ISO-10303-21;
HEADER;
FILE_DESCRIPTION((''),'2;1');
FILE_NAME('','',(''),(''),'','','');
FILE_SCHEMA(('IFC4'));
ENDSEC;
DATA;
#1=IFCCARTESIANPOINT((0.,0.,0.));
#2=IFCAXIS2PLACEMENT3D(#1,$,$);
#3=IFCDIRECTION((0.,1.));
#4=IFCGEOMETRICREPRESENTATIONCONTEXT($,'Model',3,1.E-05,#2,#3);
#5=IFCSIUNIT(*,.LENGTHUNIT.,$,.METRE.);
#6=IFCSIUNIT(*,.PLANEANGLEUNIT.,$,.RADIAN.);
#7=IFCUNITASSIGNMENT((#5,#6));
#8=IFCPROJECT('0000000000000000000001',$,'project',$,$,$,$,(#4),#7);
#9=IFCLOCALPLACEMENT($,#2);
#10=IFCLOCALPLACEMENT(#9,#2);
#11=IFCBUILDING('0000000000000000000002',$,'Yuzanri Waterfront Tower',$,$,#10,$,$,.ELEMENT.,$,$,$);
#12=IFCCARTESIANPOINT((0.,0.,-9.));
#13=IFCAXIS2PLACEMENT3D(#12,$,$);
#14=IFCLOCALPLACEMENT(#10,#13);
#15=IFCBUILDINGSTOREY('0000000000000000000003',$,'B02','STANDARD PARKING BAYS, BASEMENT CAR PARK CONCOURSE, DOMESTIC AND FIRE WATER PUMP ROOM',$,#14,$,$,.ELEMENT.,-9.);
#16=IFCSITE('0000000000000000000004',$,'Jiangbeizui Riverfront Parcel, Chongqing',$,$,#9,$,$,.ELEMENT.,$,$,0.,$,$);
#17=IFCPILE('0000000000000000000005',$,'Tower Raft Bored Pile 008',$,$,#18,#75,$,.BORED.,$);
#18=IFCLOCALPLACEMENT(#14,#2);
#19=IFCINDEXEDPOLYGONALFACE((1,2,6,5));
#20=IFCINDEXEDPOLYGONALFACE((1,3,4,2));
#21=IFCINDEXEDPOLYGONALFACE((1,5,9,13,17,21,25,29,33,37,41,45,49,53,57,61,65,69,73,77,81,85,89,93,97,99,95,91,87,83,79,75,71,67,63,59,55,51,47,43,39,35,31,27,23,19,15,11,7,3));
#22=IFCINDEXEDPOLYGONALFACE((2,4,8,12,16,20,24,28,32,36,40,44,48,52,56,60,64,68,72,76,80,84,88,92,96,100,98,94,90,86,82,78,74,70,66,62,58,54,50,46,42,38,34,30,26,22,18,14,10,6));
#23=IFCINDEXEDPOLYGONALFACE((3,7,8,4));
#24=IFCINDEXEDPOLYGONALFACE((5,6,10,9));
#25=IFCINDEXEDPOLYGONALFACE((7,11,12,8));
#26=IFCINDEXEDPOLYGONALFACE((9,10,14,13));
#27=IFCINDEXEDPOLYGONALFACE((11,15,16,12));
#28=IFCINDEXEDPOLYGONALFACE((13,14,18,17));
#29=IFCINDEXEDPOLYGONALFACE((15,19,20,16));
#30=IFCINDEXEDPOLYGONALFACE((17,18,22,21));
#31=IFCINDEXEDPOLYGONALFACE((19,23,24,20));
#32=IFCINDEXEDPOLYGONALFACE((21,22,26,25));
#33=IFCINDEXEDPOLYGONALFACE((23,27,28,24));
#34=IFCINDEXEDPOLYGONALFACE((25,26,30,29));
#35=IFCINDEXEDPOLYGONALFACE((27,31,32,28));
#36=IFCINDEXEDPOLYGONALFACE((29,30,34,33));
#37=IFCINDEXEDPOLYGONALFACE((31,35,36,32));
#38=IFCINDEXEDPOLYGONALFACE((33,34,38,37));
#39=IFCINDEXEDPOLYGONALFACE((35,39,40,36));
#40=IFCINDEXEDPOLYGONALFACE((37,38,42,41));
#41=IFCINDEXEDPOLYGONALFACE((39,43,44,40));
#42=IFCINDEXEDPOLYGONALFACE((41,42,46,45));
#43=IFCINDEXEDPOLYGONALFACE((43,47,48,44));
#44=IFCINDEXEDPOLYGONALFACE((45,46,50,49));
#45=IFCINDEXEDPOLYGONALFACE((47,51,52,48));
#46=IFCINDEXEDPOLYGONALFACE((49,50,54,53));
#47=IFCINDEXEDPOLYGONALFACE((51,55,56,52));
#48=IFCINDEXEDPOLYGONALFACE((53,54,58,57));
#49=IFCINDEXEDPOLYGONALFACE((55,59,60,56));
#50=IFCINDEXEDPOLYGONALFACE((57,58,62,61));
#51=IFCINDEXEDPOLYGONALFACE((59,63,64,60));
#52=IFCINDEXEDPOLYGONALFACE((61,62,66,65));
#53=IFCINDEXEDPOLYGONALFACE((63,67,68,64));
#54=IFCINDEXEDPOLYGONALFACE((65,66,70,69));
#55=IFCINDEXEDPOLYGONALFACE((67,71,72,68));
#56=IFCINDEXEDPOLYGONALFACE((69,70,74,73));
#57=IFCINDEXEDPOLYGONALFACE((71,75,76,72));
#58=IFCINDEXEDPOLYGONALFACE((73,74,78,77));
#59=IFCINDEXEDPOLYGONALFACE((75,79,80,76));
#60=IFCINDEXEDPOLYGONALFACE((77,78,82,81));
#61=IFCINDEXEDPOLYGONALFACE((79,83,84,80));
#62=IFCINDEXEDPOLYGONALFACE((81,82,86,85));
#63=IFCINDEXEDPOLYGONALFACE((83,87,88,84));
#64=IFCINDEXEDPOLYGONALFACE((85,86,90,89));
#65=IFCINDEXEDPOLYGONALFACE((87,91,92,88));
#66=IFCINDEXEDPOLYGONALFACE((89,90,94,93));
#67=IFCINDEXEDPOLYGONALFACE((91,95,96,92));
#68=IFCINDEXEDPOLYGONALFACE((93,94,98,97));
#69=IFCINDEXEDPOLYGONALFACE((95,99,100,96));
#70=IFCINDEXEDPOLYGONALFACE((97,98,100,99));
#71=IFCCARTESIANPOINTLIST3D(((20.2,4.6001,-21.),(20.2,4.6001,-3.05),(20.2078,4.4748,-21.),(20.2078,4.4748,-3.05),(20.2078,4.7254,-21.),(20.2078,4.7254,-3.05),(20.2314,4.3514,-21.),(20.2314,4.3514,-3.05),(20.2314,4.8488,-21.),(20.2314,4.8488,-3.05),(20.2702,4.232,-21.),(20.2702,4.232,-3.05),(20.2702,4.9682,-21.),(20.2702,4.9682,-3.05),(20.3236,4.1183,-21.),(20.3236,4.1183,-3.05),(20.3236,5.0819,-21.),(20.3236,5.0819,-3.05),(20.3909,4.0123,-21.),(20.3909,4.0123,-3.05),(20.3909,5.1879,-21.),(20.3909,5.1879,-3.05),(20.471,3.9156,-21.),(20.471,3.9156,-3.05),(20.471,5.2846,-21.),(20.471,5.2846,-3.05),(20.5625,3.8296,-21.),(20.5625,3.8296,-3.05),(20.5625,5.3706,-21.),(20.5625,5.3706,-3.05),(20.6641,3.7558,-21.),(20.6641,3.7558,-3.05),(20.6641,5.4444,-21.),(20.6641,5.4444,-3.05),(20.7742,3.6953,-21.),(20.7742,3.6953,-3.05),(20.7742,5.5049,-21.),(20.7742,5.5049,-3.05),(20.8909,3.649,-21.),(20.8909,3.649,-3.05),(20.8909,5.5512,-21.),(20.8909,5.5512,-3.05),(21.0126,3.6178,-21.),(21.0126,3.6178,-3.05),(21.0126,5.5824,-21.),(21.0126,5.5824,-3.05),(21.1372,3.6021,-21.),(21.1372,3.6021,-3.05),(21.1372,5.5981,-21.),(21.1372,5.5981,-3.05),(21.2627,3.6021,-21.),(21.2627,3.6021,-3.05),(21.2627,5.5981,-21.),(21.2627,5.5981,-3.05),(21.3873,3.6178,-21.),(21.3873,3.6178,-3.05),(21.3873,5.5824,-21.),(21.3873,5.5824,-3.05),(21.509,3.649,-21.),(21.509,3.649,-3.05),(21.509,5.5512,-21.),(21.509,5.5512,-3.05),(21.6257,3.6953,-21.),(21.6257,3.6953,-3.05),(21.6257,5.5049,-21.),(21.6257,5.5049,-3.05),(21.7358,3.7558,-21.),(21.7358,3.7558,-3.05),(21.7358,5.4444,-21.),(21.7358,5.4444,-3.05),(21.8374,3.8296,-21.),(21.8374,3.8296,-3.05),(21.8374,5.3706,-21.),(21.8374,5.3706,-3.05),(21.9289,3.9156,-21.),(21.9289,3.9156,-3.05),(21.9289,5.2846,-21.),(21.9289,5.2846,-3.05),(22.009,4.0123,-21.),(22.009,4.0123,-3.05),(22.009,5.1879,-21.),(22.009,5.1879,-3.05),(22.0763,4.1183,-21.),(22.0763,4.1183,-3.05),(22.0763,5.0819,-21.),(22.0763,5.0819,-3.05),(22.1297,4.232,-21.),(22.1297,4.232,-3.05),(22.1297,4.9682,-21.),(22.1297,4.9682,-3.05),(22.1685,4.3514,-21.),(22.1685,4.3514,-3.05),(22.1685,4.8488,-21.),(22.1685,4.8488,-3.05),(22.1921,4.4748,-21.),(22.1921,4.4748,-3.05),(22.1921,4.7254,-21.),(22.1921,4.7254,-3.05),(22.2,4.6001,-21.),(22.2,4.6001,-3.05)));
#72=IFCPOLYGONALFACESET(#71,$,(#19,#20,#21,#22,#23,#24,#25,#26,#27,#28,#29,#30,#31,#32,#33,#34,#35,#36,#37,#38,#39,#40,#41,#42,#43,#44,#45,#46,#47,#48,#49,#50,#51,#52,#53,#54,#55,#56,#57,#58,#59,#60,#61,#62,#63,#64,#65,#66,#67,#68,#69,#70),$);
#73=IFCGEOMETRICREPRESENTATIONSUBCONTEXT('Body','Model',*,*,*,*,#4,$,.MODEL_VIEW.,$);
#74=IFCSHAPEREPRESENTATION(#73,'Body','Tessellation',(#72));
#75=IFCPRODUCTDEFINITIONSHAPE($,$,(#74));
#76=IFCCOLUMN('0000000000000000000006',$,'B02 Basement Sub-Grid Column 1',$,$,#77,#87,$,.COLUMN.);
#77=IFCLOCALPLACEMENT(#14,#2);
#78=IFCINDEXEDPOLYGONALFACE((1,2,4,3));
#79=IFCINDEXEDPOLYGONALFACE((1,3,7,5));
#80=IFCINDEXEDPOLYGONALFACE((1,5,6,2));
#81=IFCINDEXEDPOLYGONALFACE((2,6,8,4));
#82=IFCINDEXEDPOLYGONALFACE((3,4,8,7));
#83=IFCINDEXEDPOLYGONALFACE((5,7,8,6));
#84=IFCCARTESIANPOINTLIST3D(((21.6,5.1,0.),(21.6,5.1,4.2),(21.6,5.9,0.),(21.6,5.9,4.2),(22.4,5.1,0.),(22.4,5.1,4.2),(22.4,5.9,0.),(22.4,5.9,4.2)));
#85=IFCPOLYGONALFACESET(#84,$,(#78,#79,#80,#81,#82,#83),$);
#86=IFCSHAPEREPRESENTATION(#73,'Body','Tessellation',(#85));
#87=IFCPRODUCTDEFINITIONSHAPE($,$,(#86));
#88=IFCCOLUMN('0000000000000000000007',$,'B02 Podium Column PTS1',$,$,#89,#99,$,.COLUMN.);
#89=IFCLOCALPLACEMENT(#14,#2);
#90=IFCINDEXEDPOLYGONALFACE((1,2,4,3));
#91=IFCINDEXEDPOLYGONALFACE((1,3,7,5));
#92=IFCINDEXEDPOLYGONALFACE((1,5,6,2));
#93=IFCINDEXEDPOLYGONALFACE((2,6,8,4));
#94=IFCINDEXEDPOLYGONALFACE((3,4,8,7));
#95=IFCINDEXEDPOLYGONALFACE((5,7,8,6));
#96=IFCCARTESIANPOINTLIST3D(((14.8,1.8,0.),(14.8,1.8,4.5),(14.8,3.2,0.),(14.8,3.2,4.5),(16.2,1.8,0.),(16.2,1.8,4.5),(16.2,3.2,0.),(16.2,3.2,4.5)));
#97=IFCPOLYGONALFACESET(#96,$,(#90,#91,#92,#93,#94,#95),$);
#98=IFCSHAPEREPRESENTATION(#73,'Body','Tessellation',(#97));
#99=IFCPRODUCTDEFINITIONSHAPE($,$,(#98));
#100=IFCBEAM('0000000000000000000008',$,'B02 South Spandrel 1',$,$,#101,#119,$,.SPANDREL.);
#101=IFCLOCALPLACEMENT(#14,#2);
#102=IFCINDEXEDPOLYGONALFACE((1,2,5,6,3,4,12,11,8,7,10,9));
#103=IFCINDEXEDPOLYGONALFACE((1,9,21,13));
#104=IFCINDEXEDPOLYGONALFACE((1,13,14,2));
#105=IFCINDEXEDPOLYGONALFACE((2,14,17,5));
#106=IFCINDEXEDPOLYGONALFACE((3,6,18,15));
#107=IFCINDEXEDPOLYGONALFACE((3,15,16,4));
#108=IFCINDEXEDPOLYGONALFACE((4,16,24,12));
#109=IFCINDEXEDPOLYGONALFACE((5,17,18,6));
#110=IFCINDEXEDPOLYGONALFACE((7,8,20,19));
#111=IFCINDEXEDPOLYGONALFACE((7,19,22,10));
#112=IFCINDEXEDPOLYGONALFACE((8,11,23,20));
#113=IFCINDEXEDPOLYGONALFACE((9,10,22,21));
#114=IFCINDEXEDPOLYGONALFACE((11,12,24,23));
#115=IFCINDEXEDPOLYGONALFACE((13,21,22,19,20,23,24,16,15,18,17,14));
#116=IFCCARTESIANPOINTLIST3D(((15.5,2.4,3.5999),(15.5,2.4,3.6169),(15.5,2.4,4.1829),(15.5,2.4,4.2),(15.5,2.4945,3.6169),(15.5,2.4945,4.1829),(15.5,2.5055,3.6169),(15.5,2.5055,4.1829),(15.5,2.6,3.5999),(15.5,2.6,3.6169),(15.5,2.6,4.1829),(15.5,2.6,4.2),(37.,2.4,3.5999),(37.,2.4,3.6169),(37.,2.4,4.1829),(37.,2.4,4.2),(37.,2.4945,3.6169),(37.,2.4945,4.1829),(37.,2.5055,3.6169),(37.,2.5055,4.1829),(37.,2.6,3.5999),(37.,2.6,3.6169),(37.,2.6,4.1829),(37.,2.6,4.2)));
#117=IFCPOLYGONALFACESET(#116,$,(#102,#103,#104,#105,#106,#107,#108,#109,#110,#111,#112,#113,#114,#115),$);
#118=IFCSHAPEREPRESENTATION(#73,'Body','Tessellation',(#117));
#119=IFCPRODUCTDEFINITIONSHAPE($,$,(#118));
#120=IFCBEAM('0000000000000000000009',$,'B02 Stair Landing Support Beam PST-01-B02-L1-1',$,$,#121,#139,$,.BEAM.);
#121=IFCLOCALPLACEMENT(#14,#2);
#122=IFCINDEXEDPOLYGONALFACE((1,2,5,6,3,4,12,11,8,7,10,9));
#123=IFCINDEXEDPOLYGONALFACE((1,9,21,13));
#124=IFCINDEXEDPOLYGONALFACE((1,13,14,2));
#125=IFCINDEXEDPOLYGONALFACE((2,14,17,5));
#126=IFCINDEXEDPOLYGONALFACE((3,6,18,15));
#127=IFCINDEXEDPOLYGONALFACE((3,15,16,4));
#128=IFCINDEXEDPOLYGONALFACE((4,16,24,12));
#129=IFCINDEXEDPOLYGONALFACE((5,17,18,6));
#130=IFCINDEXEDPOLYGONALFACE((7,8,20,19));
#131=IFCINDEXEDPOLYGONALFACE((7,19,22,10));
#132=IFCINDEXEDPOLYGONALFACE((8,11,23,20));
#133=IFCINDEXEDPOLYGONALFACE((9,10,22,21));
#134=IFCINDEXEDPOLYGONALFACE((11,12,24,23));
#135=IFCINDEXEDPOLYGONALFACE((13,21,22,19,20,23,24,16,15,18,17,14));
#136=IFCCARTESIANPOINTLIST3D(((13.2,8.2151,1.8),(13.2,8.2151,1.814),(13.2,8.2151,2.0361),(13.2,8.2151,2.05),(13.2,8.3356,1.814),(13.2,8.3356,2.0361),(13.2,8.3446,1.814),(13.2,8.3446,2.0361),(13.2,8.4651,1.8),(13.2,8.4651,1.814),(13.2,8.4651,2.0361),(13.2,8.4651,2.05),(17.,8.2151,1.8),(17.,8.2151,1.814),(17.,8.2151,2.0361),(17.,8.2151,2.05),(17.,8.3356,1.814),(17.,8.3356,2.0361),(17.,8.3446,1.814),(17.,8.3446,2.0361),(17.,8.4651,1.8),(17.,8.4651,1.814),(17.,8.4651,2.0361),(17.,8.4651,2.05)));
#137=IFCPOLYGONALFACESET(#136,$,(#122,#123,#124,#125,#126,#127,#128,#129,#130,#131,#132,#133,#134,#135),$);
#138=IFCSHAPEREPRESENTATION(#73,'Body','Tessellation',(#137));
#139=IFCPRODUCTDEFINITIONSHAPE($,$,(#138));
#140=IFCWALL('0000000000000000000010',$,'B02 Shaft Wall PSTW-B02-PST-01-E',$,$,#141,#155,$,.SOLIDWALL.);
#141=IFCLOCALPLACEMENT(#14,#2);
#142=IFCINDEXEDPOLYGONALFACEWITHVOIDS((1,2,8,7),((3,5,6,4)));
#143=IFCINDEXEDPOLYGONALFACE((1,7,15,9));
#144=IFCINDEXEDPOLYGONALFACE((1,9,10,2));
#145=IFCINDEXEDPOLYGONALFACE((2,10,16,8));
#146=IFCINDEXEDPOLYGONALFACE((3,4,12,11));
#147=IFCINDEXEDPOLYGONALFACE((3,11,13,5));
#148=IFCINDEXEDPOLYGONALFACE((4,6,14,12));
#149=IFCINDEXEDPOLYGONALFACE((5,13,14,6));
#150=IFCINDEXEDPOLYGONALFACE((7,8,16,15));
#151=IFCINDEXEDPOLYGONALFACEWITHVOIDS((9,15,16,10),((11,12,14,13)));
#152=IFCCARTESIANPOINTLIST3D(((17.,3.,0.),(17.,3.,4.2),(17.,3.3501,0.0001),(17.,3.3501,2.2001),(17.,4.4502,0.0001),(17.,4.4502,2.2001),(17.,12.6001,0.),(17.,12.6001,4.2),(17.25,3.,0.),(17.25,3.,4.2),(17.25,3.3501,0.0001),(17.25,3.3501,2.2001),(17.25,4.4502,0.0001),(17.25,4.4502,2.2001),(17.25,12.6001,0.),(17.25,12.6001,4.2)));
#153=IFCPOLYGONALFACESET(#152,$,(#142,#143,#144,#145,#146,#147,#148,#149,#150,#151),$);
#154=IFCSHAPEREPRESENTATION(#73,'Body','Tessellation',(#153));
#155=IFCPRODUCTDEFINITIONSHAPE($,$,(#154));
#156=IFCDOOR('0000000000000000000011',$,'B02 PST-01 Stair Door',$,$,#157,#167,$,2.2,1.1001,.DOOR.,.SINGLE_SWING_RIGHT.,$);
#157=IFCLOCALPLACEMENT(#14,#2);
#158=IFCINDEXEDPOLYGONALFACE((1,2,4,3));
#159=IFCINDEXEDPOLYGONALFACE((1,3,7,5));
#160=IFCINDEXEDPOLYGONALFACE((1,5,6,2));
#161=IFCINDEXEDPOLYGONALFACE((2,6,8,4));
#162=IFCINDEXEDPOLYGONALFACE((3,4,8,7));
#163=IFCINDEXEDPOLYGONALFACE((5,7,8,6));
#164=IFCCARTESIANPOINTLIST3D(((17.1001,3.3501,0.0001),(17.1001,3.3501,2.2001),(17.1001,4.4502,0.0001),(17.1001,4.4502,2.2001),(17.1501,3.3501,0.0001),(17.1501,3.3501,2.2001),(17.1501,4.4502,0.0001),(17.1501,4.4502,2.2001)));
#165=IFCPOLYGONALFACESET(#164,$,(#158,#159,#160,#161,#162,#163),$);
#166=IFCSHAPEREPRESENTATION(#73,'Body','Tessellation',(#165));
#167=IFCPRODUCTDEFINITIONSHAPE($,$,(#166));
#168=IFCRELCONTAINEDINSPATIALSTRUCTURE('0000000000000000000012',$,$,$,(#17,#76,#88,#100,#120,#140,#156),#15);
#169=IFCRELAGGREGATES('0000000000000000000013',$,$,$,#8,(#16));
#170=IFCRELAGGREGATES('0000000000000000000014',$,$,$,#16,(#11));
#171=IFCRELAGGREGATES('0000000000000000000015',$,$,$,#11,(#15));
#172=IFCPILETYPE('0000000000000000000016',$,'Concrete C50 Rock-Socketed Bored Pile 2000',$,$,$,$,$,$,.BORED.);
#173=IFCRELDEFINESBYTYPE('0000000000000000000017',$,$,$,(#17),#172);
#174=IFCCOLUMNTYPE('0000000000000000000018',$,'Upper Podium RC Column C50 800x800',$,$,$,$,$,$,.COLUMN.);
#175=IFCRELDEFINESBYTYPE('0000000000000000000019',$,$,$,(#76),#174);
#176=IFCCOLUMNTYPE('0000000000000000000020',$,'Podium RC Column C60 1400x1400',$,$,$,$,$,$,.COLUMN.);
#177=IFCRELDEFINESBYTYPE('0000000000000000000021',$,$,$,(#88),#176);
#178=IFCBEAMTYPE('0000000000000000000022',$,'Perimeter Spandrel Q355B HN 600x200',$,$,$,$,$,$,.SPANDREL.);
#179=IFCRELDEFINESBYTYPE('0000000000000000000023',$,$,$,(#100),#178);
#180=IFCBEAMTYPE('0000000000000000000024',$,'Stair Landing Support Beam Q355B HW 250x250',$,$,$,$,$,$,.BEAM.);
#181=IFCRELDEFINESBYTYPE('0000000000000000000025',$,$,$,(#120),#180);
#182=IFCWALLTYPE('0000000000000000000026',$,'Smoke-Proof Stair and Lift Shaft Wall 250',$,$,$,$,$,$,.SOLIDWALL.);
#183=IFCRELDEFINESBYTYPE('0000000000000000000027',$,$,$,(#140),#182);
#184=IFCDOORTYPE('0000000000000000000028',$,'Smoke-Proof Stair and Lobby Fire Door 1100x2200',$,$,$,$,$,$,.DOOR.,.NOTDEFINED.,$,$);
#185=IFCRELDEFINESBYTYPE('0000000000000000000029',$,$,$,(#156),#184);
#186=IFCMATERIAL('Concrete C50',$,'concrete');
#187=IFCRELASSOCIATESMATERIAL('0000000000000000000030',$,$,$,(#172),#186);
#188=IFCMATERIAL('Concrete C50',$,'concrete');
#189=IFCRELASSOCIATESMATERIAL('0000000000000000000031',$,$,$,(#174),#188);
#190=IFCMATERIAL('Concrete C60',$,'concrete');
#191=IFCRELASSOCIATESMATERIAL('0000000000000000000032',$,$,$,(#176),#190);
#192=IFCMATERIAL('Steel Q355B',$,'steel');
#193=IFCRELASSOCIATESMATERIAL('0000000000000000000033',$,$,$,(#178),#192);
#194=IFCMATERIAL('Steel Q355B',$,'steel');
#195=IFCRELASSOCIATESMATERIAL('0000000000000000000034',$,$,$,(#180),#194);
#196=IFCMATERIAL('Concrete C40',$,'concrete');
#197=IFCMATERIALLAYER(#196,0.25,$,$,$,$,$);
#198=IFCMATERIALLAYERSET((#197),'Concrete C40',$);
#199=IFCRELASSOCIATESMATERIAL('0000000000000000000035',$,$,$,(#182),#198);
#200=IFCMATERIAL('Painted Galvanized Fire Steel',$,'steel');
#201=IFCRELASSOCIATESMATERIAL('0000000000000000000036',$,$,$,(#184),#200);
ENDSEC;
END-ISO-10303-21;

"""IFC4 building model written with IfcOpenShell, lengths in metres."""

from ifc_helpers import new_model, si_unit, direction, frame, frame_2d, origin, origin_2d, place, context, subcontext, project, spatial, rectangle, circle, i_section, extrude, source, transform, mapped, material, layer, layer_set, material_profile, profile_set, type_object, element, fill, save


model = new_model("IFC4")

# Units and contexts
model_context = context("Model", 3, precision=1e-05, world=origin(), true_north=direction((0.0, 1.0)))
body_context = subcontext(model_context, "Body", "Model", "MODEL_VIEW")
ifc_project = project(units=[si_unit("LENGTHUNIT", "METRE"), si_unit("PLANEANGLEUNIT", "RADIAN")], contexts=[model_context])

# Site, building, storey
site_placement = place(None, origin())
site = spatial("IfcSite", under=ifc_project, at=site_placement, Name="Jiangbeizui Riverfront Parcel, Chongqing", CompositionType="ELEMENT", RefElevation=0.0)
building_placement = place(site_placement, origin())
building = spatial("IfcBuilding", under=site, at=building_placement, Name="Yuzanri Waterfront Tower", CompositionType="ELEMENT")
storey_placement = place(building_placement, frame((0.0, 0.0, -9.0)))
storey = spatial("IfcBuildingStorey", under=building, at=storey_placement, Name="B02", Description="STANDARD PARKING BAYS, BASEMENT CAR PARK CONCOURSE, DOMESTIC AND FIRE WATER PUMP ROOM", CompositionType="ELEMENT", Elevation=-9.0)

# Pile
ifc_material_1 = material(Name="Concrete C50", Category="concrete")
ifc_material_profile_1 = material_profile(ifc_material_1, circle(Radius=1.0, at=origin_2d()), Name="PILE D2000")
ifc_profile_set_1 = profile_set([ifc_material_profile_1], Name="Concrete C50")
pile_type_1 = type_object("IfcPileType", Name="Concrete C50 Rock-Socketed Bored Pile 2000", PredefinedType="BORED", material=ifc_profile_set_1)
shared_shape_1 = source(origin(), body_context, "Body", "SweptSolid", [
    extrude(circle(Radius=1.0, at=origin_2d()), origin(), (0.0, 0.0, 1.0), 17.95),
])
pile_placement = place(storey_placement, frame((21.2, 4.6001, -3.05), z_axis=(0.0, 0.0, -1.0), x_axis=(1.0, 0.0, 0.0)))
element("IfcPile", 1, at=pile_placement, inside=storey, type_object=pile_type_1, Name="Tower Raft Bored Pile 008", PredefinedType="BORED", context=body_context, shape_type="MappedRepresentation", body=[
    mapped(shared_shape_1, transform((0.0, 0.0, 0.0), scale=1.0)),
])

# Columns
ifc_material_2 = material(Name="Concrete C50", Category="concrete")
ifc_material_profile_2 = material_profile(ifc_material_2, rectangle(XDim=0.8, YDim=0.8, at=origin_2d()), Name="RC 800x800")
ifc_profile_set_2 = profile_set([ifc_material_profile_2], Name="Concrete C50")
column_type_1 = type_object("IfcColumnType", Name="Upper Podium RC Column C50 800x800", PredefinedType="COLUMN", material=ifc_profile_set_2)
shared_shape_2 = source(origin(), body_context, "Body", "SweptSolid", [
    extrude(rectangle(XDim=0.8, YDim=0.8, at=origin_2d()), origin(), (0.0, 0.0, 1.0), 4.2),
])
column_1_placement = place(storey_placement, frame((22.0, 5.5, 0.0), z_axis=(0.0, 0.0, 1.0), x_axis=(1.0, 0.0, 0.0)))
element("IfcColumn", 2, at=column_1_placement, inside=storey, type_object=column_type_1, Name="B02 Basement Sub-Grid Column 1", PredefinedType="COLUMN", context=body_context, shape_type="MappedRepresentation", body=[
    mapped(shared_shape_2, transform((0.0, 0.0, 0.0), scale=1.0)),
])
ifc_material_3 = material(Name="Concrete C60", Category="concrete")
ifc_material_profile_3 = material_profile(ifc_material_3, rectangle(XDim=1.3999, YDim=1.3999, at=origin_2d()), Name="RC 1400x1400")
ifc_profile_set_3 = profile_set([ifc_material_profile_3], Name="Concrete C60")
column_type_2 = type_object("IfcColumnType", Name="Podium RC Column C60 1400x1400", PredefinedType="COLUMN", material=ifc_profile_set_3)
shared_shape_3 = source(origin(), body_context, "Body", "SweptSolid", [
    extrude(rectangle(XDim=1.3999, YDim=1.3999, at=origin_2d()), origin(), (0.0, 0.0, 1.0), 4.5),
])
column_2_placement = place(storey_placement, frame((15.5, 2.5, 0.0), z_axis=(0.0, 0.0, 1.0), x_axis=(1.0, 0.0, 0.0)))
element("IfcColumn", 3, at=column_2_placement, inside=storey, type_object=column_type_2, Name="B02 Podium Column PTS1", PredefinedType="COLUMN", context=body_context, shape_type="MappedRepresentation", body=[
    mapped(shared_shape_3, transform((0.0, 0.0, 0.0), scale=1.0)),
])

# Beams
ifc_material_4 = material(Name="Steel Q355B", Category="steel")
ifc_material_profile_4 = material_profile(ifc_material_4, i_section(OverallWidth=0.2, OverallDepth=0.6001, WebThickness=0.011, FlangeThickness=0.0171, at=origin_2d()), Name="HN 600x200x11x17")
ifc_profile_set_4 = profile_set([ifc_material_profile_4], Name="Steel Q355B")
beam_type_1 = type_object("IfcBeamType", Name="Perimeter Spandrel Q355B HN 600x200", PredefinedType="SPANDREL", material=ifc_profile_set_4)
shared_shape_4 = source(origin(), body_context, "Body", "SweptSolid", [
    extrude(i_section(OverallWidth=0.2, OverallDepth=0.6001, WebThickness=0.011, FlangeThickness=0.0171, at=origin_2d()), origin(), (0.0, 0.0, 1.0), 21.5),
])
beam_1_placement = place(storey_placement, frame((15.5, 2.5, 3.8999), z_axis=(1.0, 0.0, 0.0), x_axis=(0.0, 1.0, 0.0)))
element("IfcBeam", 4, at=beam_1_placement, inside=storey, type_object=beam_type_1, Name="B02 South Spandrel 1", PredefinedType="SPANDREL", context=body_context, shape_type="MappedRepresentation", body=[
    mapped(shared_shape_4, transform((0.0, 0.0, 0.0), scale=1.0)),
])
ifc_material_5 = material(Name="Steel Q355B", Category="steel")
ifc_material_profile_5 = material_profile(ifc_material_5, i_section(OverallWidth=0.25, OverallDepth=0.25, WebThickness=0.009, FlangeThickness=0.0139, at=origin_2d()), Name="HW 250x250x9x14")
ifc_profile_set_5 = profile_set([ifc_material_profile_5], Name="Steel Q355B")
beam_type_2 = type_object("IfcBeamType", Name="Stair Landing Support Beam Q355B HW 250x250", PredefinedType="BEAM", material=ifc_profile_set_5)
shared_shape_5 = source(origin(), body_context, "Body", "SweptSolid", [
    extrude(i_section(OverallWidth=0.25, OverallDepth=0.25, WebThickness=0.009, FlangeThickness=0.0139, at=origin_2d()), origin(), (0.0, 0.0, 1.0), 3.8),
])
beam_2_placement = place(storey_placement, frame((13.2, 8.3401, 1.925), z_axis=(1.0, 0.0, 0.0), x_axis=(0.0, 1.0, 0.0)))
element("IfcBeam", 5, at=beam_2_placement, inside=storey, type_object=beam_type_2, Name="B02 Stair Landing Support Beam PST-01-B02-L1-1", PredefinedType="BEAM", context=body_context, shape_type="MappedRepresentation", body=[
    mapped(shared_shape_5, transform((0.0, 0.0, 0.0), scale=1.0)),
])

# Wall, opening, door
ifc_material_6 = material(Name="Concrete C40", Category="concrete")
ifc_layer_1 = layer(ifc_material_6, 0.25)
ifc_layer_set_1 = layer_set([ifc_layer_1], Name="Concrete C40")
wall_type = type_object("IfcWallType", Name="Smoke-Proof Stair and Lift Shaft Wall 250", PredefinedType="SOLIDWALL", material=ifc_layer_set_1)
wall_1_placement = place(storey_placement, frame((17.125, 3.0, 0.0), z_axis=(0.0, 0.0, 1.0), x_axis=(0.0, 1.0, 0.0)))
wall_1 = element("IfcWall", 6, at=wall_1_placement, inside=storey, type_object=wall_type, Name="B02 Shaft Wall PSTW-B02-PST-01-E", PredefinedType="SOLIDWALL", context=body_context, shape_type="SweptSolid", body=[
    extrude(rectangle(XDim=9.6001, YDim=0.25, at=frame_2d((4.8, 0.0))), origin(), (0.0, 0.0, 1.0), 4.2),
])
opening_placement = place(wall_1_placement, frame((0.3501, 0.0, 0.0)))
opening = element("IfcOpeningElement", 7, at=opening_placement, cuts=wall_1, PredefinedType="OPENING", context=body_context, shape_type="SweptSolid", body=[
    extrude(rectangle(XDim=1.1001, YDim=2.2, at=frame_2d((0.55, 1.1001))), frame((0.0, 0.1399, 0.0), z_axis=(0.0, -1.0, 0.0), x_axis=(1.0, 0.0, 0.0)), (0.0, 0.0, 1.0), 0.2798),
])
ifc_material_7 = material(Name="Painted Galvanized Fire Steel", Category="steel")
door_type = type_object("IfcDoorType", Name="Smoke-Proof Stair and Lobby Fire Door 1100x2200", OperationType="NOTDEFINED", PredefinedType="DOOR", material=ifc_material_7)
shared_shape_6 = source(origin(), body_context, "Body", "SweptSolid", [
    extrude(rectangle(XDim=1.1001, YDim=2.2, at=frame_2d((0.55, 1.1001))), frame((0.0, 0.0249, 0.0), z_axis=(0.0, -1.0, 0.0), x_axis=(1.0, 0.0, 0.0)), (0.0, 0.0, 1.0), 0.05),
])
door_placement = place(opening_placement, origin())
door = element("IfcDoor", 8, at=door_placement, inside=storey, type_object=door_type, Name="B02 PST-01 Stair Door", OperationType="SINGLE_SWING_RIGHT", OverallHeight=2.2, OverallWidth=1.1001, PredefinedType="DOOR", context=body_context, shape_type="MappedRepresentation", body=[
    mapped(shared_shape_6, transform((0.0, 0.0, 0.0), scale=1.0)),
])
fill(opening, door)

save(model, "model.ifc")
